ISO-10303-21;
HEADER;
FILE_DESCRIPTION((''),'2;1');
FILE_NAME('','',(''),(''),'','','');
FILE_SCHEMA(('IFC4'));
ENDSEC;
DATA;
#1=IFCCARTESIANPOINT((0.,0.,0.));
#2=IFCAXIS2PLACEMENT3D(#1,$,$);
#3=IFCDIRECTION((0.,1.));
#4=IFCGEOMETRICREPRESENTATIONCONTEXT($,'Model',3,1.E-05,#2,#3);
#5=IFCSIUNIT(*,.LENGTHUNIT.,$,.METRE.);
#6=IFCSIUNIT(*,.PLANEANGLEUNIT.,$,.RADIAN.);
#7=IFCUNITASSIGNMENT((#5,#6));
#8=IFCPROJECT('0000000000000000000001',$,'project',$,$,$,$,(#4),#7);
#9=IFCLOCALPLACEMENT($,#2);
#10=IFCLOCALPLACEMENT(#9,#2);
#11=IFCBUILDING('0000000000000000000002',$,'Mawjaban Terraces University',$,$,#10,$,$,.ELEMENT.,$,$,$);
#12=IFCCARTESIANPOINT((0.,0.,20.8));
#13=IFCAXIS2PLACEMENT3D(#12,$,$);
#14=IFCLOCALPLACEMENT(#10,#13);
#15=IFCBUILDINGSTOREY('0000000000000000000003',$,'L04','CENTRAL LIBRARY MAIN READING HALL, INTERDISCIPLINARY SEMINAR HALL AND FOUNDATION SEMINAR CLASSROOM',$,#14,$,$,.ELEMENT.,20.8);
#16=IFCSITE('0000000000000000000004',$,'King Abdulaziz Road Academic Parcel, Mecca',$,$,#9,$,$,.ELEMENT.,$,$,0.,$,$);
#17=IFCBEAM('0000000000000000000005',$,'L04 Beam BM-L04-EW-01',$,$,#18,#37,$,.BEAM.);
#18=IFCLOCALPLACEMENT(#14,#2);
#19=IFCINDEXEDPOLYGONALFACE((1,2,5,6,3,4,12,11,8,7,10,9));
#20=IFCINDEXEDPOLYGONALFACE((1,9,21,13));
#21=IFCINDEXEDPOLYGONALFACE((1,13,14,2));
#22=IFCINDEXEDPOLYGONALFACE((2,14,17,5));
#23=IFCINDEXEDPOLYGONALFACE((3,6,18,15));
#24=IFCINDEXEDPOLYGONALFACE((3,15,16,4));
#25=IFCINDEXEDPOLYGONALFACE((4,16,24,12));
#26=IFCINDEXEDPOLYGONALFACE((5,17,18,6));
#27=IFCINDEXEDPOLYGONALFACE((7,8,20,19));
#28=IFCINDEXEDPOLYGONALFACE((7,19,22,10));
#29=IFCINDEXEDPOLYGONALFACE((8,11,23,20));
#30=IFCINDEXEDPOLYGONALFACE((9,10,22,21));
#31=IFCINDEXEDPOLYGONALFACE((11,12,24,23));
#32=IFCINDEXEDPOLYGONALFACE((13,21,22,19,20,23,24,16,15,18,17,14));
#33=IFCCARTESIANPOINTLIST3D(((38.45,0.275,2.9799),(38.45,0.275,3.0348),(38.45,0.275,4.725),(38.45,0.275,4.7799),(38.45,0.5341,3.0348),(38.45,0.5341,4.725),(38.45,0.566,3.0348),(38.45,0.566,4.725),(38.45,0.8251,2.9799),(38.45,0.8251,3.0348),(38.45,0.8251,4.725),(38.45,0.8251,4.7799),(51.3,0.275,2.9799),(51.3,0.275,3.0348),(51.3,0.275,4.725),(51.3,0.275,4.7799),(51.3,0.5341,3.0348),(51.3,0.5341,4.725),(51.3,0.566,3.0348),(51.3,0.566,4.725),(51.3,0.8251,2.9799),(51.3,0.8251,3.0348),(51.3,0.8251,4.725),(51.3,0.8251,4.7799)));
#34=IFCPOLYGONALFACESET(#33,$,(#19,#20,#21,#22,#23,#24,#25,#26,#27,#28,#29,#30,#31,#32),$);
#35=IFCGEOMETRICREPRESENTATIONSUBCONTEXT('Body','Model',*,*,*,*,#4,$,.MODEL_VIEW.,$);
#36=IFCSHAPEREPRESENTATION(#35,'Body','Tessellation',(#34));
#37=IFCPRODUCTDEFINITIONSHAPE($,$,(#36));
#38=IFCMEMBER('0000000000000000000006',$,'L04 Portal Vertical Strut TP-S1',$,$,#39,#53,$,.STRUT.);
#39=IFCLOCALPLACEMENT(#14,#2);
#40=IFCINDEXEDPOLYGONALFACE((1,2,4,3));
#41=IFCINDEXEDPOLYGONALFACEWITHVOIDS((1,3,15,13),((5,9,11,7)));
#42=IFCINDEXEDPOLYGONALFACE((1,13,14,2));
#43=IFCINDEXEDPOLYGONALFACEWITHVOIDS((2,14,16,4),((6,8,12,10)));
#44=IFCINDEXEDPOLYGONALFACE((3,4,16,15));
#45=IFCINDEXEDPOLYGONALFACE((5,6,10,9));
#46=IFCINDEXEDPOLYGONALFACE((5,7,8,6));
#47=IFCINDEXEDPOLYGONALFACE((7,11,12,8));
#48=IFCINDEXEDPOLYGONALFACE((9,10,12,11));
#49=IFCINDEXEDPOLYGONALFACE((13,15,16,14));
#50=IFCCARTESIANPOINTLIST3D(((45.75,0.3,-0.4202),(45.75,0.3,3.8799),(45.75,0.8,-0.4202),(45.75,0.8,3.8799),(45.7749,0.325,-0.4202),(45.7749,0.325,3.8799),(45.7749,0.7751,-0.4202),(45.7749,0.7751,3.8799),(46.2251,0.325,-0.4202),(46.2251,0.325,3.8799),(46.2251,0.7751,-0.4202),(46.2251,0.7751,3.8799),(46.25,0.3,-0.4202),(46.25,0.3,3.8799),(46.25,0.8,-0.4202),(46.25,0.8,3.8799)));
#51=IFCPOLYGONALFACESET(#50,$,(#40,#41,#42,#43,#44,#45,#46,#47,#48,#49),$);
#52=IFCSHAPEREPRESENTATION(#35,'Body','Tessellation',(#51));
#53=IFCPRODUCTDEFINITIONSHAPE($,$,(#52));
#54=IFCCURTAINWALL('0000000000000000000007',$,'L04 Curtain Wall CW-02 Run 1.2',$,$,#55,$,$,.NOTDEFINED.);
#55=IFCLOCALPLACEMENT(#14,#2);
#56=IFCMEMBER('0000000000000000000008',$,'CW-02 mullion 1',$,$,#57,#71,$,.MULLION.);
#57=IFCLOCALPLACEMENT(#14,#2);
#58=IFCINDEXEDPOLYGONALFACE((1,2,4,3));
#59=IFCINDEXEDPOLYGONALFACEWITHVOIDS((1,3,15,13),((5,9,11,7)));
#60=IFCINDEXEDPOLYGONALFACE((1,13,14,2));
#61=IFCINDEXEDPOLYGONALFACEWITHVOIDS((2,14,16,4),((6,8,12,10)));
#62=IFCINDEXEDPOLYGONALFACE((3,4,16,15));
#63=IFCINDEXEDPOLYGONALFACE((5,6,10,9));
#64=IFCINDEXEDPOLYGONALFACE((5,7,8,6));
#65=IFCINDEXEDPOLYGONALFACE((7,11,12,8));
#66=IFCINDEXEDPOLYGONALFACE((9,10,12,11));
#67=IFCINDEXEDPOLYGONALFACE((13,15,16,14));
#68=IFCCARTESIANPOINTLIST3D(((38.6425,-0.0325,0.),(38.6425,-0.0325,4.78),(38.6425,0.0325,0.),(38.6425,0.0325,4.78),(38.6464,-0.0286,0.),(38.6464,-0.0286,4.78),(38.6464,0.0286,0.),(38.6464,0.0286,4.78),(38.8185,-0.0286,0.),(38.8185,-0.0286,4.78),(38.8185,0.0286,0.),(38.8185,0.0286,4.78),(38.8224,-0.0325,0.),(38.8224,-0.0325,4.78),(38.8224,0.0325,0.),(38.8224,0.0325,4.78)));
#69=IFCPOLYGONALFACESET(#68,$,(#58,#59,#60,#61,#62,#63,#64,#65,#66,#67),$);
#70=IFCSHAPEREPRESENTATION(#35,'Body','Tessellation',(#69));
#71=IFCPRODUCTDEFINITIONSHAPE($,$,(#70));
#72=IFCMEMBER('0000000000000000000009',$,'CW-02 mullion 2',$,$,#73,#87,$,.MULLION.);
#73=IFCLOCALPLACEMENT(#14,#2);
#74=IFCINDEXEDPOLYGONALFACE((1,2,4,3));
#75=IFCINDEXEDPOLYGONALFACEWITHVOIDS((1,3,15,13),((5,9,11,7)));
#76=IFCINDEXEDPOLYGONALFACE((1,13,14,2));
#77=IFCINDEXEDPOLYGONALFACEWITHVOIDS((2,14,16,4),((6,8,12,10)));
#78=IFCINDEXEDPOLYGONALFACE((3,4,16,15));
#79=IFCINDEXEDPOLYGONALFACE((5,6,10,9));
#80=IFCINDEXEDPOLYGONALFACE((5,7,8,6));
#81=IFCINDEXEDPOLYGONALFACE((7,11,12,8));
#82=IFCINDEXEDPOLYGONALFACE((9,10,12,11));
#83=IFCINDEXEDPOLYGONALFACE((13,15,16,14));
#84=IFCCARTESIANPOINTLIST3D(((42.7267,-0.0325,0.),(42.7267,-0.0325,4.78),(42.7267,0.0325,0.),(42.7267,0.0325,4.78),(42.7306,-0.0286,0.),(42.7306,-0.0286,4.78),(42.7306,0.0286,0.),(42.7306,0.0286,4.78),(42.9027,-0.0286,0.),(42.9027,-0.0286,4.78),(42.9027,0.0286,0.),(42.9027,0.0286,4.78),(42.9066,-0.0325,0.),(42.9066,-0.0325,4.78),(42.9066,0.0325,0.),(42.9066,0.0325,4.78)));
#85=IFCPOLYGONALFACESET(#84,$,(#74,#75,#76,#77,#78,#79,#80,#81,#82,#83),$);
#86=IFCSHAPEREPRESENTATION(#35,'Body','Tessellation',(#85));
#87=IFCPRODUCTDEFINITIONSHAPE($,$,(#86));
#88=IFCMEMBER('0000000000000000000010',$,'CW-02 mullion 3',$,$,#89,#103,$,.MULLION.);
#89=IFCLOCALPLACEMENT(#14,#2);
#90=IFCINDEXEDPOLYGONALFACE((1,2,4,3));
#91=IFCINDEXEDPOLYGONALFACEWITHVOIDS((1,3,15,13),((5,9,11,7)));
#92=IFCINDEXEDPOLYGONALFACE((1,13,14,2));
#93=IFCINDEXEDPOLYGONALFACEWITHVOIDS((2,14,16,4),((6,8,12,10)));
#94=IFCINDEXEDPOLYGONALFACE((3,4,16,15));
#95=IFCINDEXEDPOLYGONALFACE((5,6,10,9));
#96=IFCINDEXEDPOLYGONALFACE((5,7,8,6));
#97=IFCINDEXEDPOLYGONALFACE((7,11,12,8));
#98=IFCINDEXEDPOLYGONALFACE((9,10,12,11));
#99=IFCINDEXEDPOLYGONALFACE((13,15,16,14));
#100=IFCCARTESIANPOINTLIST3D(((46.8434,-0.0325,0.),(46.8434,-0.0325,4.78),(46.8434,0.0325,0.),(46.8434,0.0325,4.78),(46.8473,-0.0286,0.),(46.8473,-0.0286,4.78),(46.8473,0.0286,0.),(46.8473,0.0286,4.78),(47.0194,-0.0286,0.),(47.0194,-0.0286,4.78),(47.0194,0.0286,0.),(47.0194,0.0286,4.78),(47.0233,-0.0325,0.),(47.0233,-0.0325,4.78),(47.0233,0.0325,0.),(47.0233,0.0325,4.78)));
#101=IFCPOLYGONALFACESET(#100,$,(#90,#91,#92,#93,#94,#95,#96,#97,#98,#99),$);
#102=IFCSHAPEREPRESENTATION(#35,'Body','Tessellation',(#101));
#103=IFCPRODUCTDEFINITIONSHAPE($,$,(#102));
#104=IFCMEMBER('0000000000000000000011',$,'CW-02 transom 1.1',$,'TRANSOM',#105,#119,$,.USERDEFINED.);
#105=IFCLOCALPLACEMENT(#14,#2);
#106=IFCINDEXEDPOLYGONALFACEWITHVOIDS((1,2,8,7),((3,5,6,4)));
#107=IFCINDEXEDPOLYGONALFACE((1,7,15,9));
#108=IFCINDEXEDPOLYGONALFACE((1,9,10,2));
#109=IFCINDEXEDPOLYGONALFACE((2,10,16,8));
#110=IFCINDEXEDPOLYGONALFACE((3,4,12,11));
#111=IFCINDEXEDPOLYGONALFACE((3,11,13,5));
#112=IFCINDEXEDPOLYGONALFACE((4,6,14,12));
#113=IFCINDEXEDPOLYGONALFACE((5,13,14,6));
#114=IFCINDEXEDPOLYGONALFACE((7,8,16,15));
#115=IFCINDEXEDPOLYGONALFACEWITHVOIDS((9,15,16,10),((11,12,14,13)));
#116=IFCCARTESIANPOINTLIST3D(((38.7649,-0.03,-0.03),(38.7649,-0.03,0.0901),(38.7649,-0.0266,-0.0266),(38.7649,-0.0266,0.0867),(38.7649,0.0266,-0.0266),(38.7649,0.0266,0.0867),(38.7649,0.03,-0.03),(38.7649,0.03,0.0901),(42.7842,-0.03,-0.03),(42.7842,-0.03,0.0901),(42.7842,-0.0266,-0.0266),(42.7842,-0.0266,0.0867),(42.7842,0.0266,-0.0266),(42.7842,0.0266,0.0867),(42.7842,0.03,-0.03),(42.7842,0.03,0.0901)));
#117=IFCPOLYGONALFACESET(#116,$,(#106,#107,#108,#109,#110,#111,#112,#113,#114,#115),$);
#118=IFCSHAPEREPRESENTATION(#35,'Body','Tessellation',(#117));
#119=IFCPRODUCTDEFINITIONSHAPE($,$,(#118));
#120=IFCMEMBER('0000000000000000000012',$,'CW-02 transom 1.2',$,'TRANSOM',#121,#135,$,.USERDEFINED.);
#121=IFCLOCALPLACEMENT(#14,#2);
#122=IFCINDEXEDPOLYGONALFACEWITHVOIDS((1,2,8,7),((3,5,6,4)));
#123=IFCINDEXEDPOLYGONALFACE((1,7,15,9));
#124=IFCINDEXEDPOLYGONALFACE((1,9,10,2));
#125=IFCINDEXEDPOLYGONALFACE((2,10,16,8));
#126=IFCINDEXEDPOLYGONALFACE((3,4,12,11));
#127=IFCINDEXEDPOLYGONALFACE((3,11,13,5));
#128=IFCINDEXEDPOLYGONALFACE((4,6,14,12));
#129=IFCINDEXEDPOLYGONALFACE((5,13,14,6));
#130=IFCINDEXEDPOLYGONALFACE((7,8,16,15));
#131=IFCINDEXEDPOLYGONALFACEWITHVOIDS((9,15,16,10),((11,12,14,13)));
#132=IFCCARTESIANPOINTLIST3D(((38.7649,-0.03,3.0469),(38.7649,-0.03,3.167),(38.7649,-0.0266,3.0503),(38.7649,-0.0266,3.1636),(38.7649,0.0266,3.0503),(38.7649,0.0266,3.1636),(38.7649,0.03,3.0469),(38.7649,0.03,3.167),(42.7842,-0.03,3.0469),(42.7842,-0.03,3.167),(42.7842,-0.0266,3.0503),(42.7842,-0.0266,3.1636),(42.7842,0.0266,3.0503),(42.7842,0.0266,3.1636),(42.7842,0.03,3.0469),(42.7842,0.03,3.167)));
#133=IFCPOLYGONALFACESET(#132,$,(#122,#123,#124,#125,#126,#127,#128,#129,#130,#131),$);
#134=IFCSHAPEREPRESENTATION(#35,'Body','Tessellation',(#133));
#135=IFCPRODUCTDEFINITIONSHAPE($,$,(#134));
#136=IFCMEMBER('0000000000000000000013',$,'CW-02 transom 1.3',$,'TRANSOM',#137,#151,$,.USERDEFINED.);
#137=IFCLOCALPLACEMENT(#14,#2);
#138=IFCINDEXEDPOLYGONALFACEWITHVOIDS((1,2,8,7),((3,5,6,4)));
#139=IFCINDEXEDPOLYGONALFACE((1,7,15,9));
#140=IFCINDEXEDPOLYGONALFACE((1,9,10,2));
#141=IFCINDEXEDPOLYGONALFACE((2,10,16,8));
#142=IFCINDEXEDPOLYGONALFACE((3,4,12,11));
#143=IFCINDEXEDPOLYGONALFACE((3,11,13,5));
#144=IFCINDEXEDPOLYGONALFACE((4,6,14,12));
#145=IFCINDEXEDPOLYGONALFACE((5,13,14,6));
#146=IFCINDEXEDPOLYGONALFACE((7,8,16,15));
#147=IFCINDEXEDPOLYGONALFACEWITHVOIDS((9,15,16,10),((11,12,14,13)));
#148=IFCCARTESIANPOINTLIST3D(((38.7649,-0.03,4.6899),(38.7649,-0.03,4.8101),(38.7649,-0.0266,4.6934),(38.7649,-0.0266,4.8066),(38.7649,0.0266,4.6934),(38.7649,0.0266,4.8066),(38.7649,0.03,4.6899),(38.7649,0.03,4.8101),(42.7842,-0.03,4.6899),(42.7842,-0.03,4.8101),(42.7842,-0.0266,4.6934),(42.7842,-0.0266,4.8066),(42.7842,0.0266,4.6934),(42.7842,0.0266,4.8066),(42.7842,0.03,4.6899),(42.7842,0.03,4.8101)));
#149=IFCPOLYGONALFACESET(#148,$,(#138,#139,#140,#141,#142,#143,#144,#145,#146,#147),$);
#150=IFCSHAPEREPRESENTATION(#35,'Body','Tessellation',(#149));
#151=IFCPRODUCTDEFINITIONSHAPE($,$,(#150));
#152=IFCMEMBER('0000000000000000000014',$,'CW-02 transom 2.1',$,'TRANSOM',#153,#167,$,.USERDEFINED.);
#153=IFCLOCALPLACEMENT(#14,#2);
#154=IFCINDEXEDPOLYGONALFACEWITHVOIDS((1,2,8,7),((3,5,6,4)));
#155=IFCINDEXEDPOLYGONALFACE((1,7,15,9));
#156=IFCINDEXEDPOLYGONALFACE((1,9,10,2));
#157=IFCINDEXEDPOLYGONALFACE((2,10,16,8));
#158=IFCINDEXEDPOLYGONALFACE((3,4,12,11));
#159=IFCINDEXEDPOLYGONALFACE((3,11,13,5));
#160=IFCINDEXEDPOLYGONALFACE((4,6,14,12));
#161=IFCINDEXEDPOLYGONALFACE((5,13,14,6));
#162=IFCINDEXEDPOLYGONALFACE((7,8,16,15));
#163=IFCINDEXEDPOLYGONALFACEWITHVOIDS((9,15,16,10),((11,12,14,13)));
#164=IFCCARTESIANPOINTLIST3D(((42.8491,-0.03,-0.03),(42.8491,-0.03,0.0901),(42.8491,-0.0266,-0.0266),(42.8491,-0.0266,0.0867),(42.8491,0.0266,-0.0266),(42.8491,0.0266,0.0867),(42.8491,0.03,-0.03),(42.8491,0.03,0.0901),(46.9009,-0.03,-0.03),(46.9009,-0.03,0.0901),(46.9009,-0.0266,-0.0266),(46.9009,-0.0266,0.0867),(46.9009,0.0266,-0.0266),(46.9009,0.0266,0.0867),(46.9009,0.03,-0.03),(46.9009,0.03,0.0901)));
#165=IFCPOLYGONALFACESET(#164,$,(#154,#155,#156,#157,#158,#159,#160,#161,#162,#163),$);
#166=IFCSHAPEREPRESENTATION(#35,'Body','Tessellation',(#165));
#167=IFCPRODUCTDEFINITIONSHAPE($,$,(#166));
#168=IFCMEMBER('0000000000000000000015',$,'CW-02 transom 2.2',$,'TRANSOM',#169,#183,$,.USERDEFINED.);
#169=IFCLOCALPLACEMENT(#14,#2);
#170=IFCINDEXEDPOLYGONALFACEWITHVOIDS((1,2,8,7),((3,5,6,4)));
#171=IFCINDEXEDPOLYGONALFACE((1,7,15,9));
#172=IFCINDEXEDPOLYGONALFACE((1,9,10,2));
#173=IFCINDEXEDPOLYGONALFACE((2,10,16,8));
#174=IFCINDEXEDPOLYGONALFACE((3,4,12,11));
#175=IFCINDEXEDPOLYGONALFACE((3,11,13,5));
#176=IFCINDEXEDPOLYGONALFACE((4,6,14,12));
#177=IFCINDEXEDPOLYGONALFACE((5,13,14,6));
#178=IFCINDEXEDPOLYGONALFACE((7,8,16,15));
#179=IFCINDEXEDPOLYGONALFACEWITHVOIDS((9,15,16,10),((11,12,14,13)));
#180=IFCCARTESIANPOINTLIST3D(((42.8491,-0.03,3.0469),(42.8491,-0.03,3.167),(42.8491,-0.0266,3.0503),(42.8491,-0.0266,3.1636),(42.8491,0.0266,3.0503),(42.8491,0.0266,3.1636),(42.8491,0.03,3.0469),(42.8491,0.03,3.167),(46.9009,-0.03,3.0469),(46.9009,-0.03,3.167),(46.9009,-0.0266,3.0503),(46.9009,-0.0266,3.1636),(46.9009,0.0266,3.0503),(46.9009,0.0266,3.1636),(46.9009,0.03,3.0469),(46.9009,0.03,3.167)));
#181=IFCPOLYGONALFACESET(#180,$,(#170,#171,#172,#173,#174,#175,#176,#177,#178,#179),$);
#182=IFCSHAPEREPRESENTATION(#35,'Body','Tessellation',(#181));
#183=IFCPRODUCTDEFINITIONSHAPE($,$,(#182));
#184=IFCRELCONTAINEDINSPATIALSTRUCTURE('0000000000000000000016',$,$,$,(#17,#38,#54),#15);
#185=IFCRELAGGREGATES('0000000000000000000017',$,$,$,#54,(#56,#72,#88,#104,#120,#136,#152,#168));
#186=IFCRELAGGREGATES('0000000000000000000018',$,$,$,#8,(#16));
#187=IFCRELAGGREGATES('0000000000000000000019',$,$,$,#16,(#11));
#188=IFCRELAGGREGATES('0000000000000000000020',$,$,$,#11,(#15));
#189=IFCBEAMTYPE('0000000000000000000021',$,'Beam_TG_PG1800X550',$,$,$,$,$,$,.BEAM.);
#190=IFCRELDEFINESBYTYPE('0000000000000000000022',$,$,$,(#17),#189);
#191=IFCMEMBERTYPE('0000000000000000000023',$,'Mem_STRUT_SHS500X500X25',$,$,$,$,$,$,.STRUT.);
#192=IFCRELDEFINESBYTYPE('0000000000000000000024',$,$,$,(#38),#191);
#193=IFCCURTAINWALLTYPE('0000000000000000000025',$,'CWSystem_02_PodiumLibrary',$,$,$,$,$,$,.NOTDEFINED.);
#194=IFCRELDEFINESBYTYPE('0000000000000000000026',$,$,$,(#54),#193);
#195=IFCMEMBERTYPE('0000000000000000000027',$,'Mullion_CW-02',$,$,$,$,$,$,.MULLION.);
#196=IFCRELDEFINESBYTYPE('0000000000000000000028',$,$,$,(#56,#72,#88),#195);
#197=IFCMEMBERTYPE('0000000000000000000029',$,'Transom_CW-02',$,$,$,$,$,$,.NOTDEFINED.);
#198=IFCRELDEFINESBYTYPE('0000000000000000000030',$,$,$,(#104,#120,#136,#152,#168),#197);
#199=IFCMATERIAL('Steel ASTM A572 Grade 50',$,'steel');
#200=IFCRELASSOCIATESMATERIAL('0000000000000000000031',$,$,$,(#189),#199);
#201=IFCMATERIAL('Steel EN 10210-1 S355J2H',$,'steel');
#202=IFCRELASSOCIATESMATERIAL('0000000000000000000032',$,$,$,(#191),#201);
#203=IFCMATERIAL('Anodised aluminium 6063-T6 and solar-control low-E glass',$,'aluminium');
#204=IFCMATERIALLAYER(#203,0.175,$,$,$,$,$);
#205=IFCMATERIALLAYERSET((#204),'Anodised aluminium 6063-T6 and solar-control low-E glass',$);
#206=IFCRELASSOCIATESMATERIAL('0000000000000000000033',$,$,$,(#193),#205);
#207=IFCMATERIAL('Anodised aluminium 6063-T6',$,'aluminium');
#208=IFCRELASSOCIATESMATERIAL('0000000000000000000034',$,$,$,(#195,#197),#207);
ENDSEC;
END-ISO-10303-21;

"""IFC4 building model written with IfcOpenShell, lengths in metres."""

from ifc_helpers import new_model, si_unit, direction, frame, origin, origin_2d, place, context, subcontext, project, spatial, hollow_rectangle, i_section, extrude, material, layer, layer_set, material_profile, profile_set, type_object, element, aggregate, save


model = new_model("IFC4")

# Units and contexts
model_context = context("Model", 3, precision=1e-05, world=origin(), true_north=direction((0.0, 1.0)))
body_context = subcontext(model_context, "Body", "Model", "MODEL_VIEW")
ifc_project = project(units=[si_unit("LENGTHUNIT", "METRE"), si_unit("PLANEANGLEUNIT", "RADIAN")], contexts=[model_context])

# Site, building, storey
site_placement = place(None, origin())
site = spatial("IfcSite", under=ifc_project, at=site_placement, Name="King Abdulaziz Road Academic Parcel, Mecca", CompositionType="ELEMENT", RefElevation=0.0)
building_placement = place(site_placement, origin())
building = spatial("IfcBuilding", under=site, at=building_placement, Name="Mawjaban Terraces University", CompositionType="ELEMENT")
storey_placement = place(building_placement, frame((0.0, 0.0, 20.8)))
storey = spatial("IfcBuildingStorey", under=building, at=storey_placement, Name="L04", Description="CENTRAL LIBRARY MAIN READING HALL, INTERDISCIPLINARY SEMINAR HALL AND FOUNDATION SEMINAR CLASSROOM", CompositionType="ELEMENT", Elevation=20.8)

# Beam
ifc_material_1 = material(Name="Steel ASTM A572 Grade 50", Category="steel")
ifc_material_profile_1 = material_profile(ifc_material_1, i_section(OverallWidth=0.55, OverallDepth=1.8, WebThickness=0.032, FlangeThickness=0.0549, at=origin_2d()), Name="PG1800X550")
ifc_profile_set_1 = profile_set([ifc_material_profile_1], Name="Steel ASTM A572 Grade 50")
beam_type_1 = type_object("IfcBeamType", Name="Beam_TG_PG1800X550", PredefinedType="BEAM", material=ifc_profile_set_1)
beam_1_placement = place(storey_placement, frame((38.45, 0.55, 3.8799), z_axis=(1.0, 0.0, 0.0), x_axis=(0.0, 1.0, 0.0)))
element("IfcBeam", 1, at=beam_1_placement, inside=storey, type_object=beam_type_1, Name="L04 Beam BM-L04-EW-01", PredefinedType="BEAM", context=body_context, shape_type="SweptSolid", body=[
    extrude(i_section(OverallWidth=0.55, OverallDepth=1.8, WebThickness=0.032, FlangeThickness=0.0549, at=origin_2d()), origin(), (0.0, 0.0, 1.0), 12.8501),
])

# Member
ifc_material_2 = material(Name="Steel EN 10210-1 S355J2H", Category="steel")
ifc_material_profile_2 = material_profile(ifc_material_2, hollow_rectangle(XDim=0.5, YDim=0.5, WallThickness=0.0249, at=origin_2d()), Name="SHS500X500X25")
ifc_profile_set_2 = profile_set([ifc_material_profile_2], Name="Steel EN 10210-1 S355J2H")
member_type_1 = type_object("IfcMemberType", Name="Mem_STRUT_SHS500X500X25", PredefinedType="STRUT", material=ifc_profile_set_2)
member_1_placement = place(storey_placement, frame((46.0, 0.55, -0.4202), z_axis=(0.0, 0.0, 1.0), x_axis=(1.0, 0.0, 0.0)))
element("IfcMember", 2, at=member_1_placement, inside=storey, type_object=member_type_1, Name="L04 Portal Vertical Strut TP-S1", PredefinedType="STRUT", context=body_context, shape_type="SweptSolid", body=[
    extrude(hollow_rectangle(XDim=0.5, YDim=0.5, WallThickness=0.0249, at=origin_2d()), origin(), (0.0, 0.0, 1.0), 4.3),
])

# Curtain wall, members
ifc_material_3 = material(Name="Anodised aluminium 6063-T6 and solar-control low-E glass", Category="aluminium")
ifc_layer_1 = layer(ifc_material_3, 0.175)
ifc_layer_set_1 = layer_set([ifc_layer_1], Name="Anodised aluminium 6063-T6 and solar-control low-E glass")
curtain_wall_type = type_object("IfcCurtainWallType", Name="CWSystem_02_PodiumLibrary", PredefinedType="NOTDEFINED", material=ifc_layer_set_1)
curtain_wall_placement = place(storey_placement, origin())
curtain_wall = element("IfcCurtainWall", 3, at=curtain_wall_placement, inside=storey, type_object=curtain_wall_type, Name="L04 Curtain Wall CW-02 Run 1.2", PredefinedType="NOTDEFINED")
ifc_material_4 = material(Name="Anodised aluminium 6063-T6", Category="aluminium")
ifc_material_profile_3 = material_profile(ifc_material_4, hollow_rectangle(XDim=0.0649, YDim=0.1799, WallThickness=0.0039, at=origin_2d()), Name="ALU180X65X4")
ifc_profile_set_3 = profile_set([ifc_material_profile_3], Name="Anodised aluminium 6063-T6")
member_type_2 = type_object("IfcMemberType", Name="Mullion_CW-02", PredefinedType="MULLION", material=ifc_profile_set_3)
member_2_placement = place(storey_placement, frame((38.7324, 0.0, 0.0), z_axis=(0.0, 0.0, 1.0), x_axis=(0.0, 1.0, 0.0)))
member_2 = element("IfcMember", 4, at=member_2_placement, type_object=member_type_2, Name="CW-02 mullion 1", PredefinedType="MULLION", context=body_context, shape_type="SweptSolid", body=[
    extrude(hollow_rectangle(XDim=0.0649, YDim=0.1799, WallThickness=0.0039, at=origin_2d()), origin(), (0.0, 0.0, 1.0), 4.78),
])
member_3_placement = place(storey_placement, frame((42.8167, 0.0, 0.0), z_axis=(0.0, 0.0, 1.0), x_axis=(0.0, 1.0, 0.0)))
member_3 = element("IfcMember", 5, at=member_3_placement, type_object=member_type_2, Name="CW-02 mullion 2", PredefinedType="MULLION", context=body_context, shape_type="SweptSolid", body=[
    extrude(hollow_rectangle(XDim=0.0649, YDim=0.1799, WallThickness=0.0039, at=origin_2d()), origin(), (0.0, 0.0, 1.0), 4.78),
])
member_4_placement = place(storey_placement, frame((46.9333, 0.0, 0.0), z_axis=(0.0, 0.0, 1.0), x_axis=(0.0, 1.0, 0.0)))
member_4 = element("IfcMember", 6, at=member_4_placement, type_object=member_type_2, Name="CW-02 mullion 3", PredefinedType="MULLION", context=body_context, shape_type="SweptSolid", body=[
    extrude(hollow_rectangle(XDim=0.0649, YDim=0.1799, WallThickness=0.0039, at=origin_2d()), origin(), (0.0, 0.0, 1.0), 4.78),
])
ifc_material_profile_4 = material_profile(ifc_material_4, hollow_rectangle(XDim=0.0601, YDim=0.1201, WallThickness=0.0034, at=origin_2d()), Name="ALU120X60X3.5")
ifc_profile_set_4 = profile_set([ifc_material_profile_4], Name="Anodised aluminium 6063-T6")
member_type_3 = type_object("IfcMemberType", Name="Transom_CW-02", PredefinedType="NOTDEFINED", material=ifc_profile_set_4)
member_5_placement = place(storey_placement, frame((38.7649, 0.0, 0.03), z_axis=(1.0, 0.0, 0.0), x_axis=(0.0, 1.0, 0.0)))
member_5 = element("IfcMember", 7, at=member_5_placement, type_object=member_type_3, Name="CW-02 transom 1.1", ObjectType="TRANSOM", PredefinedType="USERDEFINED", context=body_context, shape_type="SweptSolid", body=[
    extrude(hollow_rectangle(XDim=0.0601, YDim=0.1201, WallThickness=0.0034, at=origin_2d()), origin(), (0.0, 0.0, 1.0), 4.0193),
])
member_6_placement = place(storey_placement, frame((38.7649, 0.0, 3.1069), z_axis=(1.0, 0.0, 0.0), x_axis=(0.0, 1.0, 0.0)))
member_6 = element("IfcMember", 8, at=member_6_placement, type_object=member_type_3, Name="CW-02 transom 1.2", ObjectType="TRANSOM", PredefinedType="USERDEFINED", context=body_context, shape_type="SweptSolid", body=[
    extrude(hollow_rectangle(XDim=0.0601, YDim=0.1201, WallThickness=0.0034, at=origin_2d()), origin(), (0.0, 0.0, 1.0), 4.0193),
])
member_7_placement = place(storey_placement, frame((38.7649, 0.0, 4.75), z_axis=(1.0, 0.0, 0.0), x_axis=(0.0, 1.0, 0.0)))
member_7 = element("IfcMember", 9, at=member_7_placement, type_object=member_type_3, Name="CW-02 transom 1.3", ObjectType="TRANSOM", PredefinedType="USERDEFINED", context=body_context, shape_type="SweptSolid", body=[
    extrude(hollow_rectangle(XDim=0.0601, YDim=0.1201, WallThickness=0.0034, at=origin_2d()), origin(), (0.0, 0.0, 1.0), 4.0193),
])
member_8_placement = place(storey_placement, frame((42.8491, 0.0, 0.03), z_axis=(1.0, 0.0, 0.0), x_axis=(0.0, 1.0, 0.0)))
member_8 = element("IfcMember", 10, at=member_8_placement, type_object=member_type_3, Name="CW-02 transom 2.1", ObjectType="TRANSOM", PredefinedType="USERDEFINED", context=body_context, shape_type="SweptSolid", body=[
    extrude(hollow_rectangle(XDim=0.0601, YDim=0.1201, WallThickness=0.0034, at=origin_2d()), origin(), (0.0, 0.0, 1.0), 4.0518),
])
member_9_placement = place(storey_placement, frame((42.8491, 0.0, 3.1069), z_axis=(1.0, 0.0, 0.0), x_axis=(0.0, 1.0, 0.0)))
member_9 = element("IfcMember", 11, at=member_9_placement, type_object=member_type_3, Name="CW-02 transom 2.2", ObjectType="TRANSOM", PredefinedType="USERDEFINED", context=body_context, shape_type="SweptSolid", body=[
    extrude(hollow_rectangle(XDim=0.0601, YDim=0.1201, WallThickness=0.0034, at=origin_2d()), origin(), (0.0, 0.0, 1.0), 4.0518),
])

aggregate(curtain_wall, [member_2, member_3, member_4, member_5, member_6, member_7, member_8, member_9])

save(model, "model.ifc")
